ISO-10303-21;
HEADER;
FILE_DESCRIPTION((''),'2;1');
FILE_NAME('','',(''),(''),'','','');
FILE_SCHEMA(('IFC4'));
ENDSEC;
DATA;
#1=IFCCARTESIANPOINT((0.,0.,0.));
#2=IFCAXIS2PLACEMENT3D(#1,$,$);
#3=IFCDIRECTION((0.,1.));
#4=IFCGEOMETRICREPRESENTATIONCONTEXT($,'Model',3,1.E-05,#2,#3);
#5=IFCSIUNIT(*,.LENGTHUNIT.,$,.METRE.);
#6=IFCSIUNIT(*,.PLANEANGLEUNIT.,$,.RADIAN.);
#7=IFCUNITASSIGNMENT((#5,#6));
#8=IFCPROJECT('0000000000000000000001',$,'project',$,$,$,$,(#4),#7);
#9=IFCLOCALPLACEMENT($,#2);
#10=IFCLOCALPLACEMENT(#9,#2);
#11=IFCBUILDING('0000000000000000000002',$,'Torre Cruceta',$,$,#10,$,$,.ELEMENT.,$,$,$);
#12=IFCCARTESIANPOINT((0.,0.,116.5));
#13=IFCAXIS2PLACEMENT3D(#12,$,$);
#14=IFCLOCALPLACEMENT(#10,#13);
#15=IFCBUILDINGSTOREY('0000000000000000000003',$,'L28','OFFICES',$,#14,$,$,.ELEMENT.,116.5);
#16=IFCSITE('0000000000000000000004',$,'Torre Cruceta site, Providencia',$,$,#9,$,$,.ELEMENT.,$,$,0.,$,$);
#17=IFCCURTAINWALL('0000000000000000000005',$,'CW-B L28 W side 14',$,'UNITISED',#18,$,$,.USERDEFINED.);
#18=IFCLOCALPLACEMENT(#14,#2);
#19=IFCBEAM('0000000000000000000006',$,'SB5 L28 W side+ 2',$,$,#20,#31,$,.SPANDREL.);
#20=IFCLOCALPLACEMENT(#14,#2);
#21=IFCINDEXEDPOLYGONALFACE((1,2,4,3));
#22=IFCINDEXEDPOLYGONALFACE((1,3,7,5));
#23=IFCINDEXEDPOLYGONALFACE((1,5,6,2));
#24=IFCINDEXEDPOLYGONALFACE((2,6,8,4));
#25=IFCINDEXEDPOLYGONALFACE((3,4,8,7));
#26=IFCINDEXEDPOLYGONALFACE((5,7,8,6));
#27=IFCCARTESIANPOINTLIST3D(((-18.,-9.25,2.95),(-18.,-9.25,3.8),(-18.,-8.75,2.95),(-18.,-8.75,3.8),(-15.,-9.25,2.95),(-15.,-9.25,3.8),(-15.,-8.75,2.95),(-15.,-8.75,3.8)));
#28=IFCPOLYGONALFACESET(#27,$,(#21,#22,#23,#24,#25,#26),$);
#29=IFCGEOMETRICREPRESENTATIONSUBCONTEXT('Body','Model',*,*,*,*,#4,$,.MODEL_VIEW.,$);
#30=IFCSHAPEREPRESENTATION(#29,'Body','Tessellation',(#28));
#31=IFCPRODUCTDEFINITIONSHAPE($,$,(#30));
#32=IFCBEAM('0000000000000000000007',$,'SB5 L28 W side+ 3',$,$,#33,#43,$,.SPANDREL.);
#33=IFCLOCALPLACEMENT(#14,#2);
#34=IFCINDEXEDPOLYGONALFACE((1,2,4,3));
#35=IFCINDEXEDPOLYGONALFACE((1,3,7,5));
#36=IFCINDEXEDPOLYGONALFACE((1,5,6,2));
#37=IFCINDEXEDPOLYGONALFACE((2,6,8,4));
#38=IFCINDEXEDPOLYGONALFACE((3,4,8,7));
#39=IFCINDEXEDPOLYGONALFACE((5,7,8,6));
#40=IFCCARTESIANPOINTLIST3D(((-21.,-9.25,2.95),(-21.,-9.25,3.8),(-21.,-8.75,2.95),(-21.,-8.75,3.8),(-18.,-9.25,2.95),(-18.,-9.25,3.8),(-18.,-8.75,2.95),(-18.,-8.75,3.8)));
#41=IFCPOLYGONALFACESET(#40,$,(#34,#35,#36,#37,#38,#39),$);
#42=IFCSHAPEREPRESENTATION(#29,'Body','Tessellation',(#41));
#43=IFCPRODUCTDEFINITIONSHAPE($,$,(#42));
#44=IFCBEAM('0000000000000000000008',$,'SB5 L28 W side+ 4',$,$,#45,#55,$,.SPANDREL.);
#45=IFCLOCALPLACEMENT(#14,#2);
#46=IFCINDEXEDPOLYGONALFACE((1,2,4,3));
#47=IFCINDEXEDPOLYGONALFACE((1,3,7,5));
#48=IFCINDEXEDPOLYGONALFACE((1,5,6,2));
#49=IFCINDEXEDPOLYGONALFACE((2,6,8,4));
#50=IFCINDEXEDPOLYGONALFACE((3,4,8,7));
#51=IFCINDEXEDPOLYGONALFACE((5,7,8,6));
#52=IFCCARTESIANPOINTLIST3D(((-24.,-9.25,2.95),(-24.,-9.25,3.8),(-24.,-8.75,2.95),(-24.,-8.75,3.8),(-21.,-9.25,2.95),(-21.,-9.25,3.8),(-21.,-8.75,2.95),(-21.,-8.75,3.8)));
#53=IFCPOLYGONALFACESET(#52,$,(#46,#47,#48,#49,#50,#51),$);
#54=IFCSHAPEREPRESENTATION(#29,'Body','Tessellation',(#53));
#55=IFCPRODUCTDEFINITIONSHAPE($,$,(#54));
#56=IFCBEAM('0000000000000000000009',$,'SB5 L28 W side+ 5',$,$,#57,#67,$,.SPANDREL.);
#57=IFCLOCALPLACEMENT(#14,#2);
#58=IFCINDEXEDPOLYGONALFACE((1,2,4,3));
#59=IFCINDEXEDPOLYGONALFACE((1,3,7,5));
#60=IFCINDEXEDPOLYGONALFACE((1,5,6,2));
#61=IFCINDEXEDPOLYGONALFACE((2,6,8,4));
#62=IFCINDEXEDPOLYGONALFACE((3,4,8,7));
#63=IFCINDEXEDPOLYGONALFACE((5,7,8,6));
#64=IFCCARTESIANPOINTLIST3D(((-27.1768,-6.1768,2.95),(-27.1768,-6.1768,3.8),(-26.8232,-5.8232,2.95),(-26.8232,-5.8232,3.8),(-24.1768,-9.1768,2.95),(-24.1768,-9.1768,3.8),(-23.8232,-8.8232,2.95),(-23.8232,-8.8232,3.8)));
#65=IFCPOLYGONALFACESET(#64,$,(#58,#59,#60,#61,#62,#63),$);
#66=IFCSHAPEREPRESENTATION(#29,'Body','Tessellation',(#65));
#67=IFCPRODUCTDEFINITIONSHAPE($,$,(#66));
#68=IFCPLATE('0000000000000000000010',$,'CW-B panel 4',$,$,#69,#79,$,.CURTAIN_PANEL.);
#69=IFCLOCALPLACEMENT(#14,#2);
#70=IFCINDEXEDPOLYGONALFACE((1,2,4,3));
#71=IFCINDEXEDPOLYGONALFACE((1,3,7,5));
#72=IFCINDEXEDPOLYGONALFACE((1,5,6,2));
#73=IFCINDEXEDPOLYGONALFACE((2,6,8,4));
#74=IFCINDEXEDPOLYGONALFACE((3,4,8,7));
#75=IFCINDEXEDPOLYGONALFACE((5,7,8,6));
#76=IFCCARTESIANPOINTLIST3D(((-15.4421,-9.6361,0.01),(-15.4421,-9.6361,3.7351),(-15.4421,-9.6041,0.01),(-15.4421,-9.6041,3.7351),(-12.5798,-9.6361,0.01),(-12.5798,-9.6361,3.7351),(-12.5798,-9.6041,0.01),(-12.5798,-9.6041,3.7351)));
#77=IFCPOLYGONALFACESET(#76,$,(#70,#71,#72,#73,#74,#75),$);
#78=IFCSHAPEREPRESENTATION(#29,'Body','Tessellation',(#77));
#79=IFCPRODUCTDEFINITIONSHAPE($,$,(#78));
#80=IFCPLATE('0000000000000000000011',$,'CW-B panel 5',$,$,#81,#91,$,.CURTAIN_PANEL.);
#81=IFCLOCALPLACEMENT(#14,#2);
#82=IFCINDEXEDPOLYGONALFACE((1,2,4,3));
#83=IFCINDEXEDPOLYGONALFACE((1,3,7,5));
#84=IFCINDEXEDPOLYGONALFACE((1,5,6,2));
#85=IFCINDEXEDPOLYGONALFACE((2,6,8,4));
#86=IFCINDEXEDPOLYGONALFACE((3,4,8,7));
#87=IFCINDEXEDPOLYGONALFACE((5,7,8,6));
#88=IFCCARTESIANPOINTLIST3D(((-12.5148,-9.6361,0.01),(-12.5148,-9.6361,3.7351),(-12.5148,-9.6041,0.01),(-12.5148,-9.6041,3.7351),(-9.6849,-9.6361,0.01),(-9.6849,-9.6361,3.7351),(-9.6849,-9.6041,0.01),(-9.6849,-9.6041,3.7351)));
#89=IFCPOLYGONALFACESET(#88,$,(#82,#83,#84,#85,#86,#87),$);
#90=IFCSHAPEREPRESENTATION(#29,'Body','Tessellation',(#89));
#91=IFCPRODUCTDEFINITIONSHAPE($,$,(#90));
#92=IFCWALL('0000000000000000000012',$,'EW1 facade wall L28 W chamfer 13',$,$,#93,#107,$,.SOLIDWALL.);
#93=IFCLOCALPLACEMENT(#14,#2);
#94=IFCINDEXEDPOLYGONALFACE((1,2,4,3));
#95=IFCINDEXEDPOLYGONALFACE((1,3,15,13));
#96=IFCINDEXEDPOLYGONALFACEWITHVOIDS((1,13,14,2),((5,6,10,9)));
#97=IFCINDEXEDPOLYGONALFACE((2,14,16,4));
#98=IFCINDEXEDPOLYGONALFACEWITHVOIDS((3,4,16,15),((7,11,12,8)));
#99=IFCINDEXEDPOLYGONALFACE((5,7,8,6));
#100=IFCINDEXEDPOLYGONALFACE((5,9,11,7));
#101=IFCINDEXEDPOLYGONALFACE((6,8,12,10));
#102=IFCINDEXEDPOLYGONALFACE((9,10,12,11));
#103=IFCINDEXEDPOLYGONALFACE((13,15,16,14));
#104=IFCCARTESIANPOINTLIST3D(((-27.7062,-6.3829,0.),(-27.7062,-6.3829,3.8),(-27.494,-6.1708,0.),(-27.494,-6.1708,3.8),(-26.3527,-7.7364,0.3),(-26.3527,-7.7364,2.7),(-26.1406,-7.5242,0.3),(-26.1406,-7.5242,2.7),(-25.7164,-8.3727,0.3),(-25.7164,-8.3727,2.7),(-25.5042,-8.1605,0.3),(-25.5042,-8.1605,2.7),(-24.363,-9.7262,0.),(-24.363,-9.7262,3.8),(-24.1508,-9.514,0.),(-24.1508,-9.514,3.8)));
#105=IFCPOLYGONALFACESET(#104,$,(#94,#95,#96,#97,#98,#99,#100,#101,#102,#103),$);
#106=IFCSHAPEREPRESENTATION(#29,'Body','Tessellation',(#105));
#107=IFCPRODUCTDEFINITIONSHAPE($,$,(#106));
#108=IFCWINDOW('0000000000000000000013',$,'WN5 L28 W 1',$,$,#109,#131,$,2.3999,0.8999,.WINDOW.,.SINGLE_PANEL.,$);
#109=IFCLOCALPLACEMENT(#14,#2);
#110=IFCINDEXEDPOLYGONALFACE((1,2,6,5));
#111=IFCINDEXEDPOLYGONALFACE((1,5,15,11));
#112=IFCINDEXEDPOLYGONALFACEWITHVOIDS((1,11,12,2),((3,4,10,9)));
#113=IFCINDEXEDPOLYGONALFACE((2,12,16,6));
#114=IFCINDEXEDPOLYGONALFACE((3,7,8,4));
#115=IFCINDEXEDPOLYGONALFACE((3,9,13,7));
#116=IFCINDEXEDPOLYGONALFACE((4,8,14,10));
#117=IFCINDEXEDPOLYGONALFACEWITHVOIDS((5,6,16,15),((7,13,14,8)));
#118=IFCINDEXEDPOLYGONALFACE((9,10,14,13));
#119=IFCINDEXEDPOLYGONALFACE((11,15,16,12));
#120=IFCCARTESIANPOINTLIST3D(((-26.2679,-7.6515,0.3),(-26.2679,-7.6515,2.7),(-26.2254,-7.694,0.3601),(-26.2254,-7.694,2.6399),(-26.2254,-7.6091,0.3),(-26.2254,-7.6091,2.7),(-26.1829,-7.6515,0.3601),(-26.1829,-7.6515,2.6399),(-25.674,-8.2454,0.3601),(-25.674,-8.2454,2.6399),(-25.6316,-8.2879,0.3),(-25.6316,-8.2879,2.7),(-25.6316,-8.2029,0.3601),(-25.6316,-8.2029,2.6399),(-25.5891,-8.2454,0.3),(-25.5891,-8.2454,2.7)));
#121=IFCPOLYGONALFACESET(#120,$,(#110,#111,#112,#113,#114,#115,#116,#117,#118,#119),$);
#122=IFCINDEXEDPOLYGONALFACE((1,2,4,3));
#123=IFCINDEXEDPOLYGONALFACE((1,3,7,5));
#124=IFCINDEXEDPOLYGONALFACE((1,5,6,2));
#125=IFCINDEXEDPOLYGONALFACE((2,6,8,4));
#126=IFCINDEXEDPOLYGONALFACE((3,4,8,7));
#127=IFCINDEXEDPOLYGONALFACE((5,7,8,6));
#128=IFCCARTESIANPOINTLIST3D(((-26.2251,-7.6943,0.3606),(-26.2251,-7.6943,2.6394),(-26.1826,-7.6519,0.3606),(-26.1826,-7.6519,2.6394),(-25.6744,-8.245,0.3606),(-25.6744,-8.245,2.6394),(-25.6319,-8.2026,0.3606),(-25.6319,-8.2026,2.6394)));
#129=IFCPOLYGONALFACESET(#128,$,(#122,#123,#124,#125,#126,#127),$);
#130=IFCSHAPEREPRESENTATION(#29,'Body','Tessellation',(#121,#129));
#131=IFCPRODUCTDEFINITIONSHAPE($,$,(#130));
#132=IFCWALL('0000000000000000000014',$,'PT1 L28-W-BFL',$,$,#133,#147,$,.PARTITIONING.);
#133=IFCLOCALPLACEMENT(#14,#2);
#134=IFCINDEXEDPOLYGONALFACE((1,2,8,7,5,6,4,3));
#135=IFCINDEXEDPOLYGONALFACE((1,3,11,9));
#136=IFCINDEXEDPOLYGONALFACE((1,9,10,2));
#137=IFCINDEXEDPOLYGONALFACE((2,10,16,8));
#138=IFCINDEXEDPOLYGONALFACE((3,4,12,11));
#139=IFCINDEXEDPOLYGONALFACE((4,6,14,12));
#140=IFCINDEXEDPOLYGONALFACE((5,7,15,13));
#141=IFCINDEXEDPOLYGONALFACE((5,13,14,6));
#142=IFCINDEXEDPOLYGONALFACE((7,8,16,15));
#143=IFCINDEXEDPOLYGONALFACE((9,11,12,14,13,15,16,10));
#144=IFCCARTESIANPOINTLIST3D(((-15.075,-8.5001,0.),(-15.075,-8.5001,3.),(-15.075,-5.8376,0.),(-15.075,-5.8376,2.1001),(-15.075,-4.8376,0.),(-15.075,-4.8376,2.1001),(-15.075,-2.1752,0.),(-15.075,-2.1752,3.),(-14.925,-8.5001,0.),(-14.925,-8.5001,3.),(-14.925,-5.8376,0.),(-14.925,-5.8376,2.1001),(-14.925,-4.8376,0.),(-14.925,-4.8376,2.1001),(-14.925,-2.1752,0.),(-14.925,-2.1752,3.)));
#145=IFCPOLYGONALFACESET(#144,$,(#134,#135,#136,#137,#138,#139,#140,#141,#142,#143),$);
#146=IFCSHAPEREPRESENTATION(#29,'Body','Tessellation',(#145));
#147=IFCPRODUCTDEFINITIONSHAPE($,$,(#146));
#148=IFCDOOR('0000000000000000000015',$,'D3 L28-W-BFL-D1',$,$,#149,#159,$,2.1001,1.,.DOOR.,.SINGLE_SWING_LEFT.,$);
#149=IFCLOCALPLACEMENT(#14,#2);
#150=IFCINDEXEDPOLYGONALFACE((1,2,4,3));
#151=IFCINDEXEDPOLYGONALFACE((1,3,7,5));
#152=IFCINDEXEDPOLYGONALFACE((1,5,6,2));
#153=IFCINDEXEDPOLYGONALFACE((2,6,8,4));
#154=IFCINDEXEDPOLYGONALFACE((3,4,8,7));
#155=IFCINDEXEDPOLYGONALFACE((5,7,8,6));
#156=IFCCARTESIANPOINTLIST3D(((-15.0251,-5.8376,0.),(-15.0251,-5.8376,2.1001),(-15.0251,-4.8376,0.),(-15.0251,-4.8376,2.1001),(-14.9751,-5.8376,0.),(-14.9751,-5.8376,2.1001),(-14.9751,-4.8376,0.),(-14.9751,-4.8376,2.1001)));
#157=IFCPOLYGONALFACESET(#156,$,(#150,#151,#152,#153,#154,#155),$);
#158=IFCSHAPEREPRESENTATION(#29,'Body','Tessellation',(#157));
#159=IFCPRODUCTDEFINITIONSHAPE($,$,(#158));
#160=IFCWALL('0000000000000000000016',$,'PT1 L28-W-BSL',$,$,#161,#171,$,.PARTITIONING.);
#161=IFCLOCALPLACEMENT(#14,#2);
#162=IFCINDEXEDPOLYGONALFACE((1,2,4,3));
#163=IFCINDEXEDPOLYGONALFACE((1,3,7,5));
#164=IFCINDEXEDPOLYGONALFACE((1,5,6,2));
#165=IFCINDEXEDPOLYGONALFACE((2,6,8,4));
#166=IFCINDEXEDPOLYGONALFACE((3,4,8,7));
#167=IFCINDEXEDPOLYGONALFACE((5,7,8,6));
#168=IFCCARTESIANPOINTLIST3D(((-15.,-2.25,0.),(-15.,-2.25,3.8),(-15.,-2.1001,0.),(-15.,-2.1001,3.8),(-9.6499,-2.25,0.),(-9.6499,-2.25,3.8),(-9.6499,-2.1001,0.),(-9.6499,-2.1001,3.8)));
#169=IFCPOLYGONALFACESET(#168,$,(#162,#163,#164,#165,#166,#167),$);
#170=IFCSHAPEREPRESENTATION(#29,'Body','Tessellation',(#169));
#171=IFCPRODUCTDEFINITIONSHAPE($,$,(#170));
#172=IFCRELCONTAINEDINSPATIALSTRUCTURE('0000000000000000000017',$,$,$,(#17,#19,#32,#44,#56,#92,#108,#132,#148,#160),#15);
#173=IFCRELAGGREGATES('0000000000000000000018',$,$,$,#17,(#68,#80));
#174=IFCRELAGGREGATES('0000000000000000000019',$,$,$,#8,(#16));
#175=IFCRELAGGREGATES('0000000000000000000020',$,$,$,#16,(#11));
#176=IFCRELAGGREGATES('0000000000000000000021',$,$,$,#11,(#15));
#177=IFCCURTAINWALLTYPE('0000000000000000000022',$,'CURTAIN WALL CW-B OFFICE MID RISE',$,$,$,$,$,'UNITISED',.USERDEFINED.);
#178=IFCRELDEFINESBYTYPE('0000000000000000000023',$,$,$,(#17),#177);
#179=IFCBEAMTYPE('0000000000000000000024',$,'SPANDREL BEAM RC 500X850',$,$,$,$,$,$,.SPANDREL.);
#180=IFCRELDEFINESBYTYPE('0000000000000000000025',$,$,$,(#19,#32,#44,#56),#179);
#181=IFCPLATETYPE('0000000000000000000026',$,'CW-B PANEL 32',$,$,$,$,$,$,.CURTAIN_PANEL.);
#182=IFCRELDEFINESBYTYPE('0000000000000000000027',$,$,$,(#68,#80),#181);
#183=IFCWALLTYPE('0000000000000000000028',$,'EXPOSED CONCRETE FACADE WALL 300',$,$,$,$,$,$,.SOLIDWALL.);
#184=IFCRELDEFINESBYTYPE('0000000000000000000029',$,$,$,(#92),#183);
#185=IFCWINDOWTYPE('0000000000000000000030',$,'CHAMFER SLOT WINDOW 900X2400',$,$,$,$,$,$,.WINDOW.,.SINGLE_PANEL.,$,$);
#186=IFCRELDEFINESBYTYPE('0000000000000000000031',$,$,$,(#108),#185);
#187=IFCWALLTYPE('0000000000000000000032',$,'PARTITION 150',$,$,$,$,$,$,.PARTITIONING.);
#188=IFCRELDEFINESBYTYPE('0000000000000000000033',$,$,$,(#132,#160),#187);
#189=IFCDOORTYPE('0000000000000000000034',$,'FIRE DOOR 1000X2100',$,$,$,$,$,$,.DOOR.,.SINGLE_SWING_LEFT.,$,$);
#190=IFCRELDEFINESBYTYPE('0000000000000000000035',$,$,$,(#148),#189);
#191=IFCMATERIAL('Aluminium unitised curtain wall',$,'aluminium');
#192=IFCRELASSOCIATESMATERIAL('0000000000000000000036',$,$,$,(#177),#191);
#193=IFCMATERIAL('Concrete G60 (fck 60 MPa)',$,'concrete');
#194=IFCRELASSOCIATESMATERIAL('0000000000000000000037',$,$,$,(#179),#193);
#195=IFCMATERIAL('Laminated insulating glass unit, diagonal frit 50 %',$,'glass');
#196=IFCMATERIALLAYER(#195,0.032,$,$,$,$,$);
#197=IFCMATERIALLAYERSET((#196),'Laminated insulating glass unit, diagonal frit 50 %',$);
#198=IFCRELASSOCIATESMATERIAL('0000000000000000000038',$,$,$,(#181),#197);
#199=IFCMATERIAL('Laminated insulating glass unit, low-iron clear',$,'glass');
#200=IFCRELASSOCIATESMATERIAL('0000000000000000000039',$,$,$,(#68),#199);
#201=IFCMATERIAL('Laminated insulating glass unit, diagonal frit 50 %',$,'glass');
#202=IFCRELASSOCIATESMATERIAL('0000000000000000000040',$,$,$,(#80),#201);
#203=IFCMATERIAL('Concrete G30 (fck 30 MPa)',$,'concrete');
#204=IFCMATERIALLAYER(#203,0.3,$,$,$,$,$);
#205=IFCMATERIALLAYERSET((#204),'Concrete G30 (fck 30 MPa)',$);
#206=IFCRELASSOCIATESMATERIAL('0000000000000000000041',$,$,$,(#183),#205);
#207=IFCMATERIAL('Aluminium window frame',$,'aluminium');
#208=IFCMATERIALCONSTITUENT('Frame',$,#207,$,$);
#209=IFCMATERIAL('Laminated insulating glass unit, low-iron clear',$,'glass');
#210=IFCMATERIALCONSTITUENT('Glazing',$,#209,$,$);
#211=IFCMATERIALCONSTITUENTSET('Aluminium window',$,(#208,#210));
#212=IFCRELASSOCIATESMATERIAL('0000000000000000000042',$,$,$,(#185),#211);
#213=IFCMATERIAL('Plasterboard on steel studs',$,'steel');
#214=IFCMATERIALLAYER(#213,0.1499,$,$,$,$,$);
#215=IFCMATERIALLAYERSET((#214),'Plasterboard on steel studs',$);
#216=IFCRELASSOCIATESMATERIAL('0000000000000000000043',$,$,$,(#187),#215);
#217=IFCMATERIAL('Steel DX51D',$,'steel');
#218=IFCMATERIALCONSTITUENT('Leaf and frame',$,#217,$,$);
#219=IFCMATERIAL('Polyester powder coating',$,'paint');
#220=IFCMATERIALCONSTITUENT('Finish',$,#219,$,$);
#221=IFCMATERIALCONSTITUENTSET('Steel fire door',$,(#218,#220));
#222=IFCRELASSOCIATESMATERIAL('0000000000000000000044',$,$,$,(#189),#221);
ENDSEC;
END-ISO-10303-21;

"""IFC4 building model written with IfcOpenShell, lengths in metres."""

from ifc_helpers import new_model, si_unit, direction, frame, frame_2d, origin, origin_2d, place, context, subcontext, project, spatial, rectangle, hollow_rectangle, extrude, material, layer, layer_set, constituent, constituent_set, material_profile, profile_set, type_object, element, fill, aggregate, save


model = new_model("IFC4")

# Units and contexts
model_context = context("Model", 3, precision=1e-05, world=origin(), true_north=direction((0.0, 1.0)))
body_context = subcontext(model_context, "Body", "Model", "MODEL_VIEW")
ifc_project = project(units=[si_unit("LENGTHUNIT", "METRE"), si_unit("PLANEANGLEUNIT", "RADIAN")], contexts=[model_context])

# Site, building, storey
site_placement = place(None, origin())
site = spatial("IfcSite", under=ifc_project, at=site_placement, Name="Torre Cruceta site, Providencia", CompositionType="ELEMENT", RefElevation=0.0)
building_placement = place(site_placement, origin())
building = spatial("IfcBuilding", under=site, at=building_placement, Name="Torre Cruceta", CompositionType="ELEMENT")
storey_placement = place(building_placement, frame((0.0, 0.0, 116.5)))
storey = spatial("IfcBuildingStorey", under=building, at=storey_placement, Name="L28", Description="OFFICES", CompositionType="ELEMENT", Elevation=116.5)

# Curtain wall
ifc_material_1 = material(Name="Aluminium unitised curtain wall", Category="aluminium")
curtain_wall_type = type_object("IfcCurtainWallType", Name="CURTAIN WALL CW-B OFFICE MID RISE", ElementType="UNITISED", PredefinedType="USERDEFINED", material=ifc_material_1)
curtain_wall_placement = place(storey_placement, origin())
curtain_wall = element("IfcCurtainWall", 1, at=curtain_wall_placement, inside=storey, type_object=curtain_wall_type, Name="CW-B L28 W side 14", ObjectType="UNITISED", PredefinedType="USERDEFINED")

# Beams
ifc_material_2 = material(Name="Concrete G60 (fck 60 MPa)", Category="concrete")
ifc_material_profile_1 = material_profile(ifc_material_2, rectangle(XDim=0.5, YDim=0.8501, at=origin_2d()), Name="RC 500X850")
ifc_profile_set_1 = profile_set([ifc_material_profile_1], Name="Concrete G60 (fck 60 MPa)")
beam_type_1 = type_object("IfcBeamType", Name="SPANDREL BEAM RC 500X850", PredefinedType="SPANDREL", material=ifc_profile_set_1)
for number, where, z_axis, x_axis, name in (
    (2, (-15.0, -9.0, 3.375), (-1.0, 0.0, 0.0), (0.0, -1.0, 0.0), "SB5 L28 W side+ 2"),
    (3, (-18.0, -9.0, 3.375), (-1.0, 0.0, 0.0), (0.0, -1.0, 0.0), "SB5 L28 W side+ 3"),
    (4, (-21.0, -9.0, 3.375), (-1.0, 0.0, 0.0), (0.0, -1.0, 0.0), "SB5 L28 W side+ 4"),
):
    element("IfcBeam", number, at=place(storey_placement, frame(where, z_axis=z_axis, x_axis=x_axis)), inside=storey, type_object=beam_type_1, Name=name, PredefinedType="SPANDREL", context=body_context, shape_type="SweptSolid", body=[
        extrude(rectangle(XDim=0.5, YDim=0.8501, at=origin_2d()), origin(), (0.0, 0.0, 1.0), 3.0),
    ])
beam_1_placement = place(storey_placement, frame((-24.0, -9.0, 3.375), z_axis=(-0.707107, 0.707107, 0.0), x_axis=(-0.707107, -0.707107, 0.0)))
element("IfcBeam", 5, at=beam_1_placement, inside=storey, type_object=beam_type_1, Name="SB5 L28 W side+ 5", PredefinedType="SPANDREL", context=body_context, shape_type="SweptSolid", body=[
    extrude(rectangle(XDim=0.5, YDim=0.8501, at=origin_2d()), origin(), (0.0, 0.0, 1.0), 4.2427),
])

# Plates
ifc_material_3 = material(Name="Laminated insulating glass unit, low-iron clear", Category="glass")
ifc_material_4 = material(Name="Laminated insulating glass unit, diagonal frit 50 %", Category="glass")
ifc_layer_1 = layer(ifc_material_4, 0.032)
ifc_layer_set_1 = layer_set([ifc_layer_1], Name="Laminated insulating glass unit, diagonal frit 50 %")
plate_type = type_object("IfcPlateType", Name="CW-B PANEL 32", PredefinedType="CURTAIN_PANEL", material=ifc_layer_set_1)
plate_1_placement = place(storey_placement, frame((-14.011, -9.6201, 0.01), z_axis=(0.0, 0.0, 1.0), x_axis=(1.0, 0.0, 0.0)))
plate_1 = element("IfcPlate", 6, at=plate_1_placement, type_object=plate_type, material=ifc_material_3, Name="CW-B panel 4", PredefinedType="CURTAIN_PANEL", context=body_context, shape_type="SweptSolid", body=[
    extrude(rectangle(XDim=2.8623, YDim=0.032, at=origin_2d()), origin(), (0.0, 0.0, 1.0), 3.7251),
])
ifc_material_5 = material(Name="Laminated insulating glass unit, diagonal frit 50 %", Category="glass")
plate_2_placement = place(storey_placement, frame((-11.0999, -9.6201, 0.01), z_axis=(0.0, 0.0, 1.0), x_axis=(1.0, 0.0, 0.0)))
plate_2 = element("IfcPlate", 7, at=plate_2_placement, type_object=plate_type, material=ifc_material_5, Name="CW-B panel 5", PredefinedType="CURTAIN_PANEL", context=body_context, shape_type="SweptSolid", body=[
    extrude(rectangle(XDim=2.8298, YDim=0.032, at=origin_2d()), origin(), (0.0, 0.0, 1.0), 3.7251),
])
aggregate(curtain_wall, [plate_1, plate_2])

# Wall, opening, window
ifc_material_6 = material(Name="Concrete G30 (fck 30 MPa)", Category="concrete")
ifc_layer_2 = layer(ifc_material_6, 0.3)
ifc_layer_set_2 = layer_set([ifc_layer_2], Name="Concrete G30 (fck 30 MPa)")
wall_type_1 = type_object("IfcWallType", Name="EXPOSED CONCRETE FACADE WALL 300", PredefinedType="SOLIDWALL", material=ifc_layer_set_2)
wall_1_placement = place(storey_placement, frame((-27.6001, -6.2769, 0.0), z_axis=(0.0, 0.0, 1.0), x_axis=(0.707107, -0.707107, 0.0)))
wall_1 = element("IfcWall", 8, at=wall_1_placement, inside=storey, type_object=wall_type_1, Name="EW1 facade wall L28 W chamfer 13", PredefinedType="SOLIDWALL", context=body_context, shape_type="SweptSolid", body=[
    extrude(rectangle(XDim=4.728, YDim=0.3, at=frame_2d((2.364, 0.0))), origin(), (0.0, 0.0, 1.0), 3.8),
])
opening_1_placement = place(wall_1_placement, frame((1.9141, 0.0, 0.3)))
opening_1 = element("IfcOpeningElement", 9, at=opening_1_placement, cuts=wall_1, PredefinedType="OPENING", context=body_context, shape_type="SweptSolid", body=[
    extrude(rectangle(XDim=0.8999, YDim=2.3999, at=frame_2d((0.45, 1.2))), frame((0.0, 0.1599, 0.0), z_axis=(0.0, -1.0, 0.0), x_axis=(1.0, 0.0, 0.0)), (0.0, 0.0, 1.0), 0.3201),
])
ifc_material_7 = material(Name="Aluminium window frame", Category="aluminium")
ifc_constituent_1 = constituent(ifc_material_7, Name="Frame")
ifc_material_8 = material(Name="Laminated insulating glass unit, low-iron clear", Category="glass")
ifc_constituent_2 = constituent(ifc_material_8, Name="Glazing")
ifc_constituent_set_1 = constituent_set(constituents=[ifc_constituent_1, ifc_constituent_2], Name="Aluminium window")
window_type = type_object("IfcWindowType", Name="CHAMFER SLOT WINDOW 900X2400", PartitioningType="SINGLE_PANEL", PredefinedType="WINDOW", material=ifc_constituent_set_1)
window_placement = place(opening_1_placement, origin())
window = element("IfcWindow", 10, at=window_placement, inside=storey, type_object=window_type, Name="WN5 L28 W 1", OverallHeight=2.3999, OverallWidth=0.8999, PartitioningType="SINGLE_PANEL", PredefinedType="WINDOW", context=body_context, shape_type="SweptSolid", body=[
    extrude(hollow_rectangle(XDim=0.8999, YDim=2.3999, WallThickness=0.0601, at=frame_2d((0.45, 1.2))), frame((0.0, 0.03, 0.0), z_axis=(0.0, -1.0, 0.0), x_axis=(1.0, 0.0, 0.0)), (0.0, 0.0, 1.0), 0.0601),
    extrude(rectangle(XDim=0.7788, YDim=2.2788, at=frame_2d((0.45, 1.2))), frame((0.0, 0.03, 0.0), z_axis=(0.0, -1.0, 0.0), x_axis=(1.0, 0.0, 0.0)), (0.0, 0.0, 1.0), 0.0601),
])
fill(opening_1, window)

# Wall, opening, door
ifc_material_9 = material(Name="Plasterboard on steel studs", Category="steel")
ifc_layer_3 = layer(ifc_material_9, 0.1499)
ifc_layer_set_3 = layer_set([ifc_layer_3], Name="Plasterboard on steel studs")
wall_type_2 = type_object("IfcWallType", Name="PARTITION 150", PredefinedType="PARTITIONING", material=ifc_layer_set_3)
wall_2_placement = place(storey_placement, frame((-15.0, -2.175, 0.0), z_axis=(0.0, 0.0, 1.0), x_axis=(0.0, -1.0, 0.0)))
wall_2 = element("IfcWall", 11, at=wall_2_placement, inside=storey, type_object=wall_type_2, Name="PT1 L28-W-BFL", PredefinedType="PARTITIONING", context=body_context, shape_type="SweptSolid", body=[
    extrude(rectangle(XDim=6.325, YDim=0.1499, at=frame_2d((3.1626, 0.0))), origin(), (0.0, 0.0, 1.0), 3.0),
])
opening_2_placement = place(wall_2_placement, frame((2.6626, 0.0, 0.0)))
opening_2 = element("IfcOpeningElement", 12, at=opening_2_placement, cuts=wall_2, PredefinedType="OPENING", context=body_context, shape_type="SweptSolid", body=[
    extrude(rectangle(XDim=1.0, YDim=2.1001, at=frame_2d((0.5, 1.05))), frame((0.0, 0.085, 0.0), z_axis=(0.0, -1.0, 0.0), x_axis=(1.0, 0.0, 0.0)), (0.0, 0.0, 1.0), 0.1699),
])
ifc_material_10 = material(Name="Steel DX51D", Category="steel")
ifc_constituent_3 = constituent(ifc_material_10, Name="Leaf and frame")
ifc_material_11 = material(Name="Polyester powder coating", Category="paint")
ifc_constituent_4 = constituent(ifc_material_11, Name="Finish")
ifc_constituent_set_2 = constituent_set(constituents=[ifc_constituent_3, ifc_constituent_4], Name="Steel fire door")
door_type = type_object("IfcDoorType", Name="FIRE DOOR 1000X2100", OperationType="SINGLE_SWING_LEFT", PredefinedType="DOOR", material=ifc_constituent_set_2)
door_placement = place(opening_2_placement, origin())
door = element("IfcDoor", 13, at=door_placement, inside=storey, type_object=door_type, Name="D3 L28-W-BFL-D1", OperationType="SINGLE_SWING_LEFT", OverallHeight=2.1001, OverallWidth=1.0, PredefinedType="DOOR", context=body_context, shape_type="SweptSolid", body=[
    extrude(rectangle(XDim=1.0, YDim=2.1001, at=frame_2d((0.5, 1.05))), frame((0.0, 0.0249, 0.0), z_axis=(0.0, -1.0, 0.0), x_axis=(1.0, 0.0, 0.0)), (0.0, 0.0, 1.0), 0.05),
])
fill(opening_2, door)

# Wall
wall_3_placement = place(storey_placement, frame((-9.6499, -2.175, 0.0), z_axis=(0.0, 0.0, 1.0), x_axis=(-1.0, 0.0, 0.0)))
element("IfcWall", 14, at=wall_3_placement, inside=storey, type_object=wall_type_2, Name="PT1 L28-W-BSL", PredefinedType="PARTITIONING", context=body_context, shape_type="SweptSolid", body=[
    extrude(rectangle(XDim=5.3501, YDim=0.1499, at=frame_2d((2.675, 0.0))), origin(), (0.0, 0.0, 1.0), 3.8),
])

save(model, "model.ifc")
